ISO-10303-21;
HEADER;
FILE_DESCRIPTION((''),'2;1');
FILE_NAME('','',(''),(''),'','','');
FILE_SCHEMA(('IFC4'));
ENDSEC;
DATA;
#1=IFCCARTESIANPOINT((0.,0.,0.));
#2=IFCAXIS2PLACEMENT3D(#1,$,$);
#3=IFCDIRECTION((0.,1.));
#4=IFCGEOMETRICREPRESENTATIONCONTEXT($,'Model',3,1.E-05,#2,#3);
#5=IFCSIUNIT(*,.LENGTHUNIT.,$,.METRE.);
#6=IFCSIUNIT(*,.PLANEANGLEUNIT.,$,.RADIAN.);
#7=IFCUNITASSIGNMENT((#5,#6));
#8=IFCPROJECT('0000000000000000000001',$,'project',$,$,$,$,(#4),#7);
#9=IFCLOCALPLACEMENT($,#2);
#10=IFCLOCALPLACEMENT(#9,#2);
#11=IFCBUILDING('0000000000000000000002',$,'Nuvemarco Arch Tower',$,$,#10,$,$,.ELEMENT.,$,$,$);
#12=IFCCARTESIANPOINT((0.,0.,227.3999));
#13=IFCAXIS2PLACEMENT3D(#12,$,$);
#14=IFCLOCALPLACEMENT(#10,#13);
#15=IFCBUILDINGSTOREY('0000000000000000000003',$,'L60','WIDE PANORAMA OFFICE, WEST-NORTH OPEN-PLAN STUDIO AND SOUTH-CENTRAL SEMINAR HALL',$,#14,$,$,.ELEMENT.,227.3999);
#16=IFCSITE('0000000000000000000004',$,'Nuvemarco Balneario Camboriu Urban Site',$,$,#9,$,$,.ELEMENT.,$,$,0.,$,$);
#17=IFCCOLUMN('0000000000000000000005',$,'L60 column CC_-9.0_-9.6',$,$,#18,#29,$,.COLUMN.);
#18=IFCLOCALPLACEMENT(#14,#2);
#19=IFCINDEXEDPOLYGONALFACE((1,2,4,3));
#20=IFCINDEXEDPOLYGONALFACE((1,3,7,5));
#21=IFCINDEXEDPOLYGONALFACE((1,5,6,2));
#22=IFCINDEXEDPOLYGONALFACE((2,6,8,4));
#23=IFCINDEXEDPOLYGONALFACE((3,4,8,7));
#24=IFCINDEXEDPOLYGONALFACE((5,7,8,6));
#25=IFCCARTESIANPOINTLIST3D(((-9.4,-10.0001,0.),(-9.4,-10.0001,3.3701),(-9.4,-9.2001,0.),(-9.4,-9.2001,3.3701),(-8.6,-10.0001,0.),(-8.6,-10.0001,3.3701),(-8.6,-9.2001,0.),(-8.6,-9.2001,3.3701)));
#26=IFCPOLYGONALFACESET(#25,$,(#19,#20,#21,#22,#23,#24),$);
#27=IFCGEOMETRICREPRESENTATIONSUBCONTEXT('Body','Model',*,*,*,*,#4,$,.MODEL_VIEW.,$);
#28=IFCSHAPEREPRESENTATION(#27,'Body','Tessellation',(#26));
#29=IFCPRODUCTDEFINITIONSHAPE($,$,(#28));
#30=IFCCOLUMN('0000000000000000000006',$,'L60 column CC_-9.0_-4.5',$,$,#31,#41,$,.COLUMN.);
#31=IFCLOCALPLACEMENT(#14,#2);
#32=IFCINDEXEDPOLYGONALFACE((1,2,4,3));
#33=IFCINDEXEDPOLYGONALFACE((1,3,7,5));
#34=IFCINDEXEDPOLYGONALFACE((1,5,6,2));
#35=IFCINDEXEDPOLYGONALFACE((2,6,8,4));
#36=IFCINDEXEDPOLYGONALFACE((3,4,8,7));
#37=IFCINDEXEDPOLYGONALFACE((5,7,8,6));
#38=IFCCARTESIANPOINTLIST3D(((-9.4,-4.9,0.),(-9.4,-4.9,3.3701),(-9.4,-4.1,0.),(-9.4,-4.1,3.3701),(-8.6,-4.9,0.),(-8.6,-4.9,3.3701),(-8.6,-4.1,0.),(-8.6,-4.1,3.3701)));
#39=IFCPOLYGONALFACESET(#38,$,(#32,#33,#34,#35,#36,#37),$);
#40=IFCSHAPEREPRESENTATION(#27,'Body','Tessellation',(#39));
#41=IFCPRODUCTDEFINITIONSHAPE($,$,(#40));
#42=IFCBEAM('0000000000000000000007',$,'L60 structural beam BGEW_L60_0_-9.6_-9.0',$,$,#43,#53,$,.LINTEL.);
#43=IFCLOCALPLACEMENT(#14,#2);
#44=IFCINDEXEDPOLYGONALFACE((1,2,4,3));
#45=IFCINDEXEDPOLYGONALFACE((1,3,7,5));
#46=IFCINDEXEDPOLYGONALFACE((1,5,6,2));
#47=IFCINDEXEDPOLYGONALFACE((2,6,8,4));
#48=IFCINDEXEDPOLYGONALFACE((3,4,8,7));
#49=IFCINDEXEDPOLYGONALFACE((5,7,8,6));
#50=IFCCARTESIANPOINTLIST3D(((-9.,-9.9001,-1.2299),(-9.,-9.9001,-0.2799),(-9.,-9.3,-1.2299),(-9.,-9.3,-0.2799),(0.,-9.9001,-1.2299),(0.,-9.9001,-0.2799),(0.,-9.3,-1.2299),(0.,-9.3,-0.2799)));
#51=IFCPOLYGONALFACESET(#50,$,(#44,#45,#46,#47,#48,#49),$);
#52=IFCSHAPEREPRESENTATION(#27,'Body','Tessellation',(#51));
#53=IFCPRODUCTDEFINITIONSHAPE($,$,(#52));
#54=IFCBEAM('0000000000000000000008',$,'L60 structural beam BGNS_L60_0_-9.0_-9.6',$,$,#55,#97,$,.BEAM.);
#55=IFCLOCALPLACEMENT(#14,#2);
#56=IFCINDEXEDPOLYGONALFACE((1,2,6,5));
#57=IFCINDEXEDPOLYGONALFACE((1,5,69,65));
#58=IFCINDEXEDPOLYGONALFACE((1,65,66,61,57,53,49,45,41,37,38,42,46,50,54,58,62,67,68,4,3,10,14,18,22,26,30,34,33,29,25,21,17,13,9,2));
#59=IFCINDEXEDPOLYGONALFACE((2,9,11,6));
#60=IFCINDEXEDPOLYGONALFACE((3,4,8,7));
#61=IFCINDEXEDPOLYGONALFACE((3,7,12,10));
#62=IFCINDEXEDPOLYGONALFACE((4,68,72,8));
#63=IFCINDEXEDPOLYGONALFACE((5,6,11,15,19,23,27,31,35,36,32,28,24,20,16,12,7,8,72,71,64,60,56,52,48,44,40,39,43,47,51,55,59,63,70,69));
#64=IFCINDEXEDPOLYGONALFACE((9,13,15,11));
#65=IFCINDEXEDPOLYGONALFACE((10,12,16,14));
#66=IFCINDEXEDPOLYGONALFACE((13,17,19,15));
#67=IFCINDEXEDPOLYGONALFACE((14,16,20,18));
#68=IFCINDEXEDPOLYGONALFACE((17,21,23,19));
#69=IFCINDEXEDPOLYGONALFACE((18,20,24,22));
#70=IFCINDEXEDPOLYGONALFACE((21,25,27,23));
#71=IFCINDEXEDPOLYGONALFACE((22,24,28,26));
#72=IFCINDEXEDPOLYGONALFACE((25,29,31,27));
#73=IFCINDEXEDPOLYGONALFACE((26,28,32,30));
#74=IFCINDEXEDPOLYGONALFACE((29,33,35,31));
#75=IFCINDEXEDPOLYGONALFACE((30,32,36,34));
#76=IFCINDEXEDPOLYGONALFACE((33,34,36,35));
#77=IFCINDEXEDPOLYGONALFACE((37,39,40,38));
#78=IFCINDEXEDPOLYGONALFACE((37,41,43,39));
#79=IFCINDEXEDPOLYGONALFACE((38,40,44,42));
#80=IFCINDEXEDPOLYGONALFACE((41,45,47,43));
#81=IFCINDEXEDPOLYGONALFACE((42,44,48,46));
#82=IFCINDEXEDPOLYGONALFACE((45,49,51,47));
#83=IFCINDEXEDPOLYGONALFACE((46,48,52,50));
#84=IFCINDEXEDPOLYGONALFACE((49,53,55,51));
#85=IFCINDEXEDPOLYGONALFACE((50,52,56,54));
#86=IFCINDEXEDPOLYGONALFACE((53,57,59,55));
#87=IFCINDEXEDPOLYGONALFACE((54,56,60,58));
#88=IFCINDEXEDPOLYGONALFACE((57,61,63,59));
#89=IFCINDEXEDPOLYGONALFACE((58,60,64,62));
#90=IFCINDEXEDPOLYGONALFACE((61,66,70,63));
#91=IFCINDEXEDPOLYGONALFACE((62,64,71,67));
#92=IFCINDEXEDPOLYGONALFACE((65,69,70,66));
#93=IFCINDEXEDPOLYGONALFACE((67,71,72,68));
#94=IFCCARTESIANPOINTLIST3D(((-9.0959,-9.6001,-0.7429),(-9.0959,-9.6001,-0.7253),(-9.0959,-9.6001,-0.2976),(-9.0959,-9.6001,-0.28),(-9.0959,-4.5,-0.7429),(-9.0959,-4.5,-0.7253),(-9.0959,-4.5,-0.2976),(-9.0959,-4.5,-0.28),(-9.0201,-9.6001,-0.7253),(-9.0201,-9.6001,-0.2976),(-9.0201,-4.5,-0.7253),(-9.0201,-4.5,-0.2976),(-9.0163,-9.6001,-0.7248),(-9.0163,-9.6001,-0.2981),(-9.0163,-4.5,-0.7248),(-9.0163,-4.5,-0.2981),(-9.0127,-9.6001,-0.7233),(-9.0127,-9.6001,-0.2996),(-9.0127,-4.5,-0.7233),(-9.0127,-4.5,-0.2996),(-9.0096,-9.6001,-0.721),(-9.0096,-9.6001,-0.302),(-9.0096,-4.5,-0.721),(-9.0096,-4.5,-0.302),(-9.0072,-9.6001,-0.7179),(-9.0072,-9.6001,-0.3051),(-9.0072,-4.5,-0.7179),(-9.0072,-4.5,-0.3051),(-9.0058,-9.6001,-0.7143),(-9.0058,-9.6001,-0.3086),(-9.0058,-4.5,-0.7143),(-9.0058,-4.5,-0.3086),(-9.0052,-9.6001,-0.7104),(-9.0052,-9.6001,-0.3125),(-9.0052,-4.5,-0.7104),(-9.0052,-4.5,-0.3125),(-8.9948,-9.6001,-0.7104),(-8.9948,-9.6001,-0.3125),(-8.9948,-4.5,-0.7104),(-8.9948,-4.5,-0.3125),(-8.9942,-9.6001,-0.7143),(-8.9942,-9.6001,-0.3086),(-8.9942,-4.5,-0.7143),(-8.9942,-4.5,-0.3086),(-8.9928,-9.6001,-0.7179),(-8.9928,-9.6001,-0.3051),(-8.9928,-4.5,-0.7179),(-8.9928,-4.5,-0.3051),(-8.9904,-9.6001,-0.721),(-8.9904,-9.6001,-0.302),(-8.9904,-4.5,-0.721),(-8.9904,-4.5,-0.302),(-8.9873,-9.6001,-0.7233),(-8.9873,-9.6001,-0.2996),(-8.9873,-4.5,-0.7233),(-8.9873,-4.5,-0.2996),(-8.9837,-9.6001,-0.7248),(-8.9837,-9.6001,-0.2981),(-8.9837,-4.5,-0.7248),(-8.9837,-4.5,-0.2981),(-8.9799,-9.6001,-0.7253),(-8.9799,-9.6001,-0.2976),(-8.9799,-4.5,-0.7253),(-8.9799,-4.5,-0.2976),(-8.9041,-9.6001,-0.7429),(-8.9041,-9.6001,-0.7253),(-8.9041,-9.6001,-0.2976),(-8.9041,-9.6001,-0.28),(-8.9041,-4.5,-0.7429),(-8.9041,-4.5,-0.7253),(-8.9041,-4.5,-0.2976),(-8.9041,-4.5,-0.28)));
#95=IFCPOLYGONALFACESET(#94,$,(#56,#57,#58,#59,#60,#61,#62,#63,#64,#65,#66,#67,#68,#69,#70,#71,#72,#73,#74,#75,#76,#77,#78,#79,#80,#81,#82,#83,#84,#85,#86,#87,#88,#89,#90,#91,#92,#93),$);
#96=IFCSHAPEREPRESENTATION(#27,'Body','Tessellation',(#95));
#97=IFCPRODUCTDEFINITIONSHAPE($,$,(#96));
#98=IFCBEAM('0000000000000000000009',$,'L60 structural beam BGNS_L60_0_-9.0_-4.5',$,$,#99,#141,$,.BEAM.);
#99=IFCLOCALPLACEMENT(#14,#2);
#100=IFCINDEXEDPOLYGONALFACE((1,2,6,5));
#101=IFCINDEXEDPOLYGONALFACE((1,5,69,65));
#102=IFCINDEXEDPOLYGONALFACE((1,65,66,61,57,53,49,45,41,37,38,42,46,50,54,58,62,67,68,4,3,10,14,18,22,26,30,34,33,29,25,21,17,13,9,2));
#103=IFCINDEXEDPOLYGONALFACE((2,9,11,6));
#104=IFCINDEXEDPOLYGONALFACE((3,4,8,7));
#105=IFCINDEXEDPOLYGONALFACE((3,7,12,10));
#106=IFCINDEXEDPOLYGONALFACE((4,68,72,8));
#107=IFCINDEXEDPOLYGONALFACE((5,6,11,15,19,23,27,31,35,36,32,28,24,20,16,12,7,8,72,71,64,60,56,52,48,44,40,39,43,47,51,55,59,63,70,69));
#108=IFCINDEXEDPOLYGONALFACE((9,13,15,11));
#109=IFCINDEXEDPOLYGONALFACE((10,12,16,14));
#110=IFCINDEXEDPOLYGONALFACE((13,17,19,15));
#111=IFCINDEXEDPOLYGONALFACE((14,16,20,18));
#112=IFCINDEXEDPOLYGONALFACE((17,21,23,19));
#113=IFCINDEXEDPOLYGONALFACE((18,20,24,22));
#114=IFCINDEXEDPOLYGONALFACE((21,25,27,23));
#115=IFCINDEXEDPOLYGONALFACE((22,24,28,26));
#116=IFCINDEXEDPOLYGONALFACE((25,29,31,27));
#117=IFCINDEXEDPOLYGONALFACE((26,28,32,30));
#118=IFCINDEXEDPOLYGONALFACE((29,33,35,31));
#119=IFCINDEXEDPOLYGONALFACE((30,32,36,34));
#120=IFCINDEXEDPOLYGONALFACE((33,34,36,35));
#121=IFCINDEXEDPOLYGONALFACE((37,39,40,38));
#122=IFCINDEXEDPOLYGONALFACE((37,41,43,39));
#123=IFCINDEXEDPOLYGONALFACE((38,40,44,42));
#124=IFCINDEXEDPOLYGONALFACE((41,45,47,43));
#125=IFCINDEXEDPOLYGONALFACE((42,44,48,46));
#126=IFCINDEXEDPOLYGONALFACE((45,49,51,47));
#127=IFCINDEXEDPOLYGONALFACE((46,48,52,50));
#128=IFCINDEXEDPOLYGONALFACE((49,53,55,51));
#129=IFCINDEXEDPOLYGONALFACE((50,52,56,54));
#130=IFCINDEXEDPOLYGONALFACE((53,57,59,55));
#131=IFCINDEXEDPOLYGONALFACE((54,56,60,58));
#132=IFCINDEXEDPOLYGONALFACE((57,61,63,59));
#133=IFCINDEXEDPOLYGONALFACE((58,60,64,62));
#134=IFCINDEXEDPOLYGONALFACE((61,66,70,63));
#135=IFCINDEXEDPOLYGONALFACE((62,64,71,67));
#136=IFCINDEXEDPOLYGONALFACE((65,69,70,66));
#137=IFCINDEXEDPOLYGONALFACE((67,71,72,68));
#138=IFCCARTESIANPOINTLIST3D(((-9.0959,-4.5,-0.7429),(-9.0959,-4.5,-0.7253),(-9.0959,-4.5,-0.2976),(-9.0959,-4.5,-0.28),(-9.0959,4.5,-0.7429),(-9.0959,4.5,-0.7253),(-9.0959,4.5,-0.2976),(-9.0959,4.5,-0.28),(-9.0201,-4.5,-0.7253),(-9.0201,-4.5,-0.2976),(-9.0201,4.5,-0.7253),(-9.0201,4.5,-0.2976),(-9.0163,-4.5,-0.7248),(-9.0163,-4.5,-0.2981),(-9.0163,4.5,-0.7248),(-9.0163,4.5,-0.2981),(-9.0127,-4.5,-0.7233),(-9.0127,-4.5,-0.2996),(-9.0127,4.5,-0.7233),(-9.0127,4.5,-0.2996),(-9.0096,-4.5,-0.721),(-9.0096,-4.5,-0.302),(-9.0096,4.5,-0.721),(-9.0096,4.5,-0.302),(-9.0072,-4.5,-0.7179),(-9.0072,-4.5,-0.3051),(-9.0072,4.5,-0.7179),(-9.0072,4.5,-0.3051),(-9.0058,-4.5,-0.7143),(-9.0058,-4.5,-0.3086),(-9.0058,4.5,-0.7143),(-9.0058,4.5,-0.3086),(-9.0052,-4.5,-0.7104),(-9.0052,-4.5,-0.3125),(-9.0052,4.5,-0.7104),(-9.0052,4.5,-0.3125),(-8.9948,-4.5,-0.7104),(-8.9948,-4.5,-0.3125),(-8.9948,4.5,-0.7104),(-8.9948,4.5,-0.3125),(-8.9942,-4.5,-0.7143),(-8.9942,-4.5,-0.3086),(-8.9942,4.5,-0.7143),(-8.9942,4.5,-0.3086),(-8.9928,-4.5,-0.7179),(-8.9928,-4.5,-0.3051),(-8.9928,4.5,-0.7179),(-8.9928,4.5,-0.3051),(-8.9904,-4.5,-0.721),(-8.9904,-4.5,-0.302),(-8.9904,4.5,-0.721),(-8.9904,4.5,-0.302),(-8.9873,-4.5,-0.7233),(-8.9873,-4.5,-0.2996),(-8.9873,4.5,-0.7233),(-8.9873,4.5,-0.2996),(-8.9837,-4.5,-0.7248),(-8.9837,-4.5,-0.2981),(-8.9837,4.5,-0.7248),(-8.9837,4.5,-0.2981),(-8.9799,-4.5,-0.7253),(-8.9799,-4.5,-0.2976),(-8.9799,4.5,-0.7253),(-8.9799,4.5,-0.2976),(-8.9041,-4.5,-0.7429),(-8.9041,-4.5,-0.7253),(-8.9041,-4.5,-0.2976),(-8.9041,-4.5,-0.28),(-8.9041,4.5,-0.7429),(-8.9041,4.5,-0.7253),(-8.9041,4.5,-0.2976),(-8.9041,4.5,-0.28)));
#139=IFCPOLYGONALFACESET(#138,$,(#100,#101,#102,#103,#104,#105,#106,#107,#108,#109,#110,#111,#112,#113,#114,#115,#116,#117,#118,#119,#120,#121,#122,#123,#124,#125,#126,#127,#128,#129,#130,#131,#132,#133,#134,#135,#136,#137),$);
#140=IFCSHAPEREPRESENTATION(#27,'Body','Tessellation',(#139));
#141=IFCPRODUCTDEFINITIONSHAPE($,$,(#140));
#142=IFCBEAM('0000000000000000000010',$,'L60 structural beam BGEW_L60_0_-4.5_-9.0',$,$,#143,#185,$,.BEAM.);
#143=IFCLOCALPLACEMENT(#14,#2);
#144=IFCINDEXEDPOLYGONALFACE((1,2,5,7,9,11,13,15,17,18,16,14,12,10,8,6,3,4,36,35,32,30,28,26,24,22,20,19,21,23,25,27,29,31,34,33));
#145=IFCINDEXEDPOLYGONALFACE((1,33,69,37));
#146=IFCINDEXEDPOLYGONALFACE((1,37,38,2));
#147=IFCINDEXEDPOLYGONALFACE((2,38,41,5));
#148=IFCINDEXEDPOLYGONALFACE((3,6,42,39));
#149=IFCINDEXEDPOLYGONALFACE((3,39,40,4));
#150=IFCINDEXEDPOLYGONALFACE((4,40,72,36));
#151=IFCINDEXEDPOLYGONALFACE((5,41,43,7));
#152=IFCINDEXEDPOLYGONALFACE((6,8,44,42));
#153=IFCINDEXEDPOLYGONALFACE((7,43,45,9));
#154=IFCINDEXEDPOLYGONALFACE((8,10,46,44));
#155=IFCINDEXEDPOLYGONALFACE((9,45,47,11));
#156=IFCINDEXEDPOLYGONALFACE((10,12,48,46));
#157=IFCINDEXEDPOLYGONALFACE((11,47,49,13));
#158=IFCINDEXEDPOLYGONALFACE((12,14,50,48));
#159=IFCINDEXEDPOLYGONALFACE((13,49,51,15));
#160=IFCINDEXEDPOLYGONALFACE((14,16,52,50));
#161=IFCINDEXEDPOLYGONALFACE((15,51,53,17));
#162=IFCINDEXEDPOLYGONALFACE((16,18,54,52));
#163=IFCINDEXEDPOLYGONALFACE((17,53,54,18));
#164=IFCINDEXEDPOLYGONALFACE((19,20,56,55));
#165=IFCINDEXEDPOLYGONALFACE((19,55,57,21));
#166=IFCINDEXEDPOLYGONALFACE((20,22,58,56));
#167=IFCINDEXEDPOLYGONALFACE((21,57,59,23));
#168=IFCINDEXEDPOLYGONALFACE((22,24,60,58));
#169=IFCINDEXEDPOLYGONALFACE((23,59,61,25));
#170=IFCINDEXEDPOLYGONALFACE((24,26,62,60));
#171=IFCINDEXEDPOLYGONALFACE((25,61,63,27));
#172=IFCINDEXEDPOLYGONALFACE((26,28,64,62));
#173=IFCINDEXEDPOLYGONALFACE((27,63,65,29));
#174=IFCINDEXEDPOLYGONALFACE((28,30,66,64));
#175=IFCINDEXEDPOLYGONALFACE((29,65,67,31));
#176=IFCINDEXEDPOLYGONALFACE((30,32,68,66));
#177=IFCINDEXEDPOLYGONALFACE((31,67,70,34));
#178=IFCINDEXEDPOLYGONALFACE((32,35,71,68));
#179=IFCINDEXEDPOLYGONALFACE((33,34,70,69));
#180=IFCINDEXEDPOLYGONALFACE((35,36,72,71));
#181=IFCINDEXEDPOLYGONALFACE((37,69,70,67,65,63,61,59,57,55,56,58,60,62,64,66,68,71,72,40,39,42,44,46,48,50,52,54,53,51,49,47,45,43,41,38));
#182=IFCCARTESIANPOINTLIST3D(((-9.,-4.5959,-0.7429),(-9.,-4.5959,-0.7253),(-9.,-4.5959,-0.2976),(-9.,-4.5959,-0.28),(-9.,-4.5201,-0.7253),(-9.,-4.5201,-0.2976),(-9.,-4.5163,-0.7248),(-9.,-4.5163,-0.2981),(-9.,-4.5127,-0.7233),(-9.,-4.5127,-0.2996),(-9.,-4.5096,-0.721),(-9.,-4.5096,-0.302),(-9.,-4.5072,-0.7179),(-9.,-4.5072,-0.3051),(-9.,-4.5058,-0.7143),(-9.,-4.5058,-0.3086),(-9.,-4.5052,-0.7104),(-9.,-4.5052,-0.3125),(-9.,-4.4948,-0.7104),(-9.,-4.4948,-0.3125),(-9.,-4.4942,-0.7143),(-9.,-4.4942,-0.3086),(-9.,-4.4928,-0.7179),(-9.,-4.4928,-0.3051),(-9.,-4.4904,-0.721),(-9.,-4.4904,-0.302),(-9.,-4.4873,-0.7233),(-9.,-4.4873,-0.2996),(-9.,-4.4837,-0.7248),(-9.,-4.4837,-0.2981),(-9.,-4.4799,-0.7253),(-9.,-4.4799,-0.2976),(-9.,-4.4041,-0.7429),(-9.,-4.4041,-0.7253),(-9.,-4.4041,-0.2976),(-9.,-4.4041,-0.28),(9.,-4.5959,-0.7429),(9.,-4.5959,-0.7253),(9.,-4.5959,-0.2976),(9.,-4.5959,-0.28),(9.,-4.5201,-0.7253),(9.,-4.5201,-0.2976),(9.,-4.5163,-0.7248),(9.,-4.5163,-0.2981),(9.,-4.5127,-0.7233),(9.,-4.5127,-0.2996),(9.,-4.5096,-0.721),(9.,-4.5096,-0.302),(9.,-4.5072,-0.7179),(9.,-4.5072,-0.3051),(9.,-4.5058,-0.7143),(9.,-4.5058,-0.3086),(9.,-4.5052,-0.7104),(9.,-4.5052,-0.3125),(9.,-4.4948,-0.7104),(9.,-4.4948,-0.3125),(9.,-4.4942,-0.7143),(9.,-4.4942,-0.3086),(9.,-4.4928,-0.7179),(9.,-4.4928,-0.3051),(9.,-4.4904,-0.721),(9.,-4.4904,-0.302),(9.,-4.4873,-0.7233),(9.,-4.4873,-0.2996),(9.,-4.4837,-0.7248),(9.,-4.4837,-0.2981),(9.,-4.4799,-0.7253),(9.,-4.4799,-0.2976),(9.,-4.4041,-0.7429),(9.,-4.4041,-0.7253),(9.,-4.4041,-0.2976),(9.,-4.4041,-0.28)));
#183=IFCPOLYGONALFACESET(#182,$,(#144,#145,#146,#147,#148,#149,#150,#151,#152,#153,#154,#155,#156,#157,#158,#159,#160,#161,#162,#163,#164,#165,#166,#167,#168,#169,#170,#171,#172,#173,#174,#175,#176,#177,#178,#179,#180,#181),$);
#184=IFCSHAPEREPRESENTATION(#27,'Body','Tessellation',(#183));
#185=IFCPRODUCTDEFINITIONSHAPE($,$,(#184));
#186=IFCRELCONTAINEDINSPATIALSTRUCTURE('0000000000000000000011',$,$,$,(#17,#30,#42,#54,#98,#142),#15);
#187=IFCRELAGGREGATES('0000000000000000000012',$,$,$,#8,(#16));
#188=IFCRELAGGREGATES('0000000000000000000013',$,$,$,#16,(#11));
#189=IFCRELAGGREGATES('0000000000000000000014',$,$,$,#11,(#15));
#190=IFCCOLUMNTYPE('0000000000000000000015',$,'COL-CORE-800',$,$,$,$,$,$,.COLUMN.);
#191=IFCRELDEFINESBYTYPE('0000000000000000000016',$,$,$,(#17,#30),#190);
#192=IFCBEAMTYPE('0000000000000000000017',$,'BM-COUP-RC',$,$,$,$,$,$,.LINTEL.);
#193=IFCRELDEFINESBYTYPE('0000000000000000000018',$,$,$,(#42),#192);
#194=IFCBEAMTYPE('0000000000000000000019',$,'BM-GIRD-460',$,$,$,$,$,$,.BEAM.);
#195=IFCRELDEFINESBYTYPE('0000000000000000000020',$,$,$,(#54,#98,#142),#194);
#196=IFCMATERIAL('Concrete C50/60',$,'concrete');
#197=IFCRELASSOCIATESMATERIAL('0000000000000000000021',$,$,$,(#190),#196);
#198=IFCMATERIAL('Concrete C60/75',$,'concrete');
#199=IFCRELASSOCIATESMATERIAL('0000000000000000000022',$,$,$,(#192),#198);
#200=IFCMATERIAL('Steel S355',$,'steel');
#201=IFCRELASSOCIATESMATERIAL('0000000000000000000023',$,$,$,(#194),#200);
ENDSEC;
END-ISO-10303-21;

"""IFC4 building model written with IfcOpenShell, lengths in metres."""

from ifc_helpers import new_model, si_unit, direction, frame, origin, origin_2d, place, context, subcontext, project, spatial, rectangle, i_section, extrude, material, material_profile, profile_set, type_object, element, save


model = new_model("IFC4")

# Units and contexts
model_context = context("Model", 3, precision=1e-05, world=origin(), true_north=direction((0.0, 1.0)))
body_context = subcontext(model_context, "Body", "Model", "MODEL_VIEW")
ifc_project = project(units=[si_unit("LENGTHUNIT", "METRE"), si_unit("PLANEANGLEUNIT", "RADIAN")], contexts=[model_context])

# Site, building, storey
site_placement = place(None, origin())
site = spatial("IfcSite", under=ifc_project, at=site_placement, Name="Nuvemarco Balneario Camboriu Urban Site", CompositionType="ELEMENT", RefElevation=0.0)
building_placement = place(site_placement, origin())
building = spatial("IfcBuilding", under=site, at=building_placement, Name="Nuvemarco Arch Tower", CompositionType="ELEMENT")
storey_placement = place(building_placement, frame((0.0, 0.0, 227.3999)))
storey = spatial("IfcBuildingStorey", under=building, at=storey_placement, Name="L60", Description="WIDE PANORAMA OFFICE, WEST-NORTH OPEN-PLAN STUDIO AND SOUTH-CENTRAL SEMINAR HALL", CompositionType="ELEMENT", Elevation=227.3999)

# Columns
ifc_material_1 = material(Name="Concrete C50/60", Category="concrete")
ifc_material_profile_1 = material_profile(ifc_material_1, rectangle(XDim=0.8, YDim=0.8, at=origin_2d()), Name="RC-COL-800x800")
ifc_profile_set_1 = profile_set([ifc_material_profile_1], Name="Concrete C50/60")
column_type = type_object("IfcColumnType", Name="COL-CORE-800", PredefinedType="COLUMN", material=ifc_profile_set_1)
for number, where, z_axis, x_axis, name in (
    (1, (-9.0, -9.6001, 0.0), (0.0, 0.0, 1.0), (1.0, 0.0, 0.0), "L60 column CC_-9.0_-9.6"),
    (2, (-9.0, -4.5, 0.0), (0.0, 0.0, 1.0), (1.0, 0.0, 0.0), "L60 column CC_-9.0_-4.5"),
):
    element("IfcColumn", number, at=place(storey_placement, frame(where, z_axis=z_axis, x_axis=x_axis)), inside=storey, type_object=column_type, Name=name, PredefinedType="COLUMN", context=body_context, shape_type="SweptSolid", body=[
        extrude(rectangle(XDim=0.8, YDim=0.8, at=origin_2d()), origin(), (0.0, 0.0, 1.0), 3.3701),
    ])

# Beams
ifc_material_2 = material(Name="Concrete C60/75", Category="concrete")
ifc_material_profile_2 = material_profile(ifc_material_2, rectangle(XDim=0.6001, YDim=0.95, at=origin_2d()), Name="RC-BM-600x950")
ifc_profile_set_2 = profile_set([ifc_material_profile_2], Name="Concrete C60/75")
beam_type_1 = type_object("IfcBeamType", Name="BM-COUP-RC", PredefinedType="LINTEL", material=ifc_profile_set_2)
beam_1_placement = place(storey_placement, frame((-9.0, -9.6001, -0.7549), z_axis=(1.0, 0.0, 0.0), x_axis=(0.0, 1.0, 0.0)))
element("IfcBeam", 3, at=beam_1_placement, inside=storey, type_object=beam_type_1, Name="L60 structural beam BGEW_L60_0_-9.6_-9.0", PredefinedType="LINTEL", context=body_context, shape_type="SweptSolid", body=[
    extrude(rectangle(XDim=0.6001, YDim=0.95, at=origin_2d()), origin(), (0.0, 0.0, 1.0), 9.0),
])
ifc_material_3 = material(Name="Steel S355", Category="steel")
ifc_material_profile_3 = material_profile(ifc_material_3, i_section(OverallWidth=0.1919, OverallDepth=0.4629, WebThickness=0.0105, FlangeThickness=0.0176, FilletRadius=0.0149, at=origin_2d()), Name="W460x89")
ifc_profile_set_3 = profile_set([ifc_material_profile_3], Name="Steel S355")
beam_type_2 = type_object("IfcBeamType", Name="BM-GIRD-460", PredefinedType="BEAM", material=ifc_profile_set_3)
beam_2_placement = place(storey_placement, frame((-9.0, -9.6001, -0.5115), z_axis=(0.0, 1.0, 0.0), x_axis=(-1.0, 0.0, 0.0)))
element("IfcBeam", 4, at=beam_2_placement, inside=storey, type_object=beam_type_2, Name="L60 structural beam BGNS_L60_0_-9.0_-9.6", PredefinedType="BEAM", context=body_context, shape_type="SweptSolid", body=[
    extrude(i_section(OverallWidth=0.1919, OverallDepth=0.4629, WebThickness=0.0105, FlangeThickness=0.0176, FilletRadius=0.0149, at=origin_2d()), origin(), (0.0, 0.0, 1.0), 5.1001),
])
beam_3_placement = place(storey_placement, frame((-9.0, -4.5, -0.5115), z_axis=(0.0, 1.0, 0.0), x_axis=(-1.0, 0.0, 0.0)))
element("IfcBeam", 5, at=beam_3_placement, inside=storey, type_object=beam_type_2, Name="L60 structural beam BGNS_L60_0_-9.0_-4.5", PredefinedType="BEAM", context=body_context, shape_type="SweptSolid", body=[
    extrude(i_section(OverallWidth=0.1919, OverallDepth=0.4629, WebThickness=0.0105, FlangeThickness=0.0176, FilletRadius=0.0149, at=origin_2d()), origin(), (0.0, 0.0, 1.0), 9.0),
])
beam_4_placement = place(storey_placement, frame((-9.0, -4.5, -0.5115), z_axis=(1.0, 0.0, 0.0), x_axis=(0.0, 1.0, 0.0)))
element("IfcBeam", 6, at=beam_4_placement, inside=storey, type_object=beam_type_2, Name="L60 structural beam BGEW_L60_0_-4.5_-9.0", PredefinedType="BEAM", context=body_context, shape_type="SweptSolid", body=[
    extrude(i_section(OverallWidth=0.1919, OverallDepth=0.4629, WebThickness=0.0105, FlangeThickness=0.0176, FilletRadius=0.0149, at=origin_2d()), origin(), (0.0, 0.0, 1.0), 18.0),
])

save(model, "model.ifc")
